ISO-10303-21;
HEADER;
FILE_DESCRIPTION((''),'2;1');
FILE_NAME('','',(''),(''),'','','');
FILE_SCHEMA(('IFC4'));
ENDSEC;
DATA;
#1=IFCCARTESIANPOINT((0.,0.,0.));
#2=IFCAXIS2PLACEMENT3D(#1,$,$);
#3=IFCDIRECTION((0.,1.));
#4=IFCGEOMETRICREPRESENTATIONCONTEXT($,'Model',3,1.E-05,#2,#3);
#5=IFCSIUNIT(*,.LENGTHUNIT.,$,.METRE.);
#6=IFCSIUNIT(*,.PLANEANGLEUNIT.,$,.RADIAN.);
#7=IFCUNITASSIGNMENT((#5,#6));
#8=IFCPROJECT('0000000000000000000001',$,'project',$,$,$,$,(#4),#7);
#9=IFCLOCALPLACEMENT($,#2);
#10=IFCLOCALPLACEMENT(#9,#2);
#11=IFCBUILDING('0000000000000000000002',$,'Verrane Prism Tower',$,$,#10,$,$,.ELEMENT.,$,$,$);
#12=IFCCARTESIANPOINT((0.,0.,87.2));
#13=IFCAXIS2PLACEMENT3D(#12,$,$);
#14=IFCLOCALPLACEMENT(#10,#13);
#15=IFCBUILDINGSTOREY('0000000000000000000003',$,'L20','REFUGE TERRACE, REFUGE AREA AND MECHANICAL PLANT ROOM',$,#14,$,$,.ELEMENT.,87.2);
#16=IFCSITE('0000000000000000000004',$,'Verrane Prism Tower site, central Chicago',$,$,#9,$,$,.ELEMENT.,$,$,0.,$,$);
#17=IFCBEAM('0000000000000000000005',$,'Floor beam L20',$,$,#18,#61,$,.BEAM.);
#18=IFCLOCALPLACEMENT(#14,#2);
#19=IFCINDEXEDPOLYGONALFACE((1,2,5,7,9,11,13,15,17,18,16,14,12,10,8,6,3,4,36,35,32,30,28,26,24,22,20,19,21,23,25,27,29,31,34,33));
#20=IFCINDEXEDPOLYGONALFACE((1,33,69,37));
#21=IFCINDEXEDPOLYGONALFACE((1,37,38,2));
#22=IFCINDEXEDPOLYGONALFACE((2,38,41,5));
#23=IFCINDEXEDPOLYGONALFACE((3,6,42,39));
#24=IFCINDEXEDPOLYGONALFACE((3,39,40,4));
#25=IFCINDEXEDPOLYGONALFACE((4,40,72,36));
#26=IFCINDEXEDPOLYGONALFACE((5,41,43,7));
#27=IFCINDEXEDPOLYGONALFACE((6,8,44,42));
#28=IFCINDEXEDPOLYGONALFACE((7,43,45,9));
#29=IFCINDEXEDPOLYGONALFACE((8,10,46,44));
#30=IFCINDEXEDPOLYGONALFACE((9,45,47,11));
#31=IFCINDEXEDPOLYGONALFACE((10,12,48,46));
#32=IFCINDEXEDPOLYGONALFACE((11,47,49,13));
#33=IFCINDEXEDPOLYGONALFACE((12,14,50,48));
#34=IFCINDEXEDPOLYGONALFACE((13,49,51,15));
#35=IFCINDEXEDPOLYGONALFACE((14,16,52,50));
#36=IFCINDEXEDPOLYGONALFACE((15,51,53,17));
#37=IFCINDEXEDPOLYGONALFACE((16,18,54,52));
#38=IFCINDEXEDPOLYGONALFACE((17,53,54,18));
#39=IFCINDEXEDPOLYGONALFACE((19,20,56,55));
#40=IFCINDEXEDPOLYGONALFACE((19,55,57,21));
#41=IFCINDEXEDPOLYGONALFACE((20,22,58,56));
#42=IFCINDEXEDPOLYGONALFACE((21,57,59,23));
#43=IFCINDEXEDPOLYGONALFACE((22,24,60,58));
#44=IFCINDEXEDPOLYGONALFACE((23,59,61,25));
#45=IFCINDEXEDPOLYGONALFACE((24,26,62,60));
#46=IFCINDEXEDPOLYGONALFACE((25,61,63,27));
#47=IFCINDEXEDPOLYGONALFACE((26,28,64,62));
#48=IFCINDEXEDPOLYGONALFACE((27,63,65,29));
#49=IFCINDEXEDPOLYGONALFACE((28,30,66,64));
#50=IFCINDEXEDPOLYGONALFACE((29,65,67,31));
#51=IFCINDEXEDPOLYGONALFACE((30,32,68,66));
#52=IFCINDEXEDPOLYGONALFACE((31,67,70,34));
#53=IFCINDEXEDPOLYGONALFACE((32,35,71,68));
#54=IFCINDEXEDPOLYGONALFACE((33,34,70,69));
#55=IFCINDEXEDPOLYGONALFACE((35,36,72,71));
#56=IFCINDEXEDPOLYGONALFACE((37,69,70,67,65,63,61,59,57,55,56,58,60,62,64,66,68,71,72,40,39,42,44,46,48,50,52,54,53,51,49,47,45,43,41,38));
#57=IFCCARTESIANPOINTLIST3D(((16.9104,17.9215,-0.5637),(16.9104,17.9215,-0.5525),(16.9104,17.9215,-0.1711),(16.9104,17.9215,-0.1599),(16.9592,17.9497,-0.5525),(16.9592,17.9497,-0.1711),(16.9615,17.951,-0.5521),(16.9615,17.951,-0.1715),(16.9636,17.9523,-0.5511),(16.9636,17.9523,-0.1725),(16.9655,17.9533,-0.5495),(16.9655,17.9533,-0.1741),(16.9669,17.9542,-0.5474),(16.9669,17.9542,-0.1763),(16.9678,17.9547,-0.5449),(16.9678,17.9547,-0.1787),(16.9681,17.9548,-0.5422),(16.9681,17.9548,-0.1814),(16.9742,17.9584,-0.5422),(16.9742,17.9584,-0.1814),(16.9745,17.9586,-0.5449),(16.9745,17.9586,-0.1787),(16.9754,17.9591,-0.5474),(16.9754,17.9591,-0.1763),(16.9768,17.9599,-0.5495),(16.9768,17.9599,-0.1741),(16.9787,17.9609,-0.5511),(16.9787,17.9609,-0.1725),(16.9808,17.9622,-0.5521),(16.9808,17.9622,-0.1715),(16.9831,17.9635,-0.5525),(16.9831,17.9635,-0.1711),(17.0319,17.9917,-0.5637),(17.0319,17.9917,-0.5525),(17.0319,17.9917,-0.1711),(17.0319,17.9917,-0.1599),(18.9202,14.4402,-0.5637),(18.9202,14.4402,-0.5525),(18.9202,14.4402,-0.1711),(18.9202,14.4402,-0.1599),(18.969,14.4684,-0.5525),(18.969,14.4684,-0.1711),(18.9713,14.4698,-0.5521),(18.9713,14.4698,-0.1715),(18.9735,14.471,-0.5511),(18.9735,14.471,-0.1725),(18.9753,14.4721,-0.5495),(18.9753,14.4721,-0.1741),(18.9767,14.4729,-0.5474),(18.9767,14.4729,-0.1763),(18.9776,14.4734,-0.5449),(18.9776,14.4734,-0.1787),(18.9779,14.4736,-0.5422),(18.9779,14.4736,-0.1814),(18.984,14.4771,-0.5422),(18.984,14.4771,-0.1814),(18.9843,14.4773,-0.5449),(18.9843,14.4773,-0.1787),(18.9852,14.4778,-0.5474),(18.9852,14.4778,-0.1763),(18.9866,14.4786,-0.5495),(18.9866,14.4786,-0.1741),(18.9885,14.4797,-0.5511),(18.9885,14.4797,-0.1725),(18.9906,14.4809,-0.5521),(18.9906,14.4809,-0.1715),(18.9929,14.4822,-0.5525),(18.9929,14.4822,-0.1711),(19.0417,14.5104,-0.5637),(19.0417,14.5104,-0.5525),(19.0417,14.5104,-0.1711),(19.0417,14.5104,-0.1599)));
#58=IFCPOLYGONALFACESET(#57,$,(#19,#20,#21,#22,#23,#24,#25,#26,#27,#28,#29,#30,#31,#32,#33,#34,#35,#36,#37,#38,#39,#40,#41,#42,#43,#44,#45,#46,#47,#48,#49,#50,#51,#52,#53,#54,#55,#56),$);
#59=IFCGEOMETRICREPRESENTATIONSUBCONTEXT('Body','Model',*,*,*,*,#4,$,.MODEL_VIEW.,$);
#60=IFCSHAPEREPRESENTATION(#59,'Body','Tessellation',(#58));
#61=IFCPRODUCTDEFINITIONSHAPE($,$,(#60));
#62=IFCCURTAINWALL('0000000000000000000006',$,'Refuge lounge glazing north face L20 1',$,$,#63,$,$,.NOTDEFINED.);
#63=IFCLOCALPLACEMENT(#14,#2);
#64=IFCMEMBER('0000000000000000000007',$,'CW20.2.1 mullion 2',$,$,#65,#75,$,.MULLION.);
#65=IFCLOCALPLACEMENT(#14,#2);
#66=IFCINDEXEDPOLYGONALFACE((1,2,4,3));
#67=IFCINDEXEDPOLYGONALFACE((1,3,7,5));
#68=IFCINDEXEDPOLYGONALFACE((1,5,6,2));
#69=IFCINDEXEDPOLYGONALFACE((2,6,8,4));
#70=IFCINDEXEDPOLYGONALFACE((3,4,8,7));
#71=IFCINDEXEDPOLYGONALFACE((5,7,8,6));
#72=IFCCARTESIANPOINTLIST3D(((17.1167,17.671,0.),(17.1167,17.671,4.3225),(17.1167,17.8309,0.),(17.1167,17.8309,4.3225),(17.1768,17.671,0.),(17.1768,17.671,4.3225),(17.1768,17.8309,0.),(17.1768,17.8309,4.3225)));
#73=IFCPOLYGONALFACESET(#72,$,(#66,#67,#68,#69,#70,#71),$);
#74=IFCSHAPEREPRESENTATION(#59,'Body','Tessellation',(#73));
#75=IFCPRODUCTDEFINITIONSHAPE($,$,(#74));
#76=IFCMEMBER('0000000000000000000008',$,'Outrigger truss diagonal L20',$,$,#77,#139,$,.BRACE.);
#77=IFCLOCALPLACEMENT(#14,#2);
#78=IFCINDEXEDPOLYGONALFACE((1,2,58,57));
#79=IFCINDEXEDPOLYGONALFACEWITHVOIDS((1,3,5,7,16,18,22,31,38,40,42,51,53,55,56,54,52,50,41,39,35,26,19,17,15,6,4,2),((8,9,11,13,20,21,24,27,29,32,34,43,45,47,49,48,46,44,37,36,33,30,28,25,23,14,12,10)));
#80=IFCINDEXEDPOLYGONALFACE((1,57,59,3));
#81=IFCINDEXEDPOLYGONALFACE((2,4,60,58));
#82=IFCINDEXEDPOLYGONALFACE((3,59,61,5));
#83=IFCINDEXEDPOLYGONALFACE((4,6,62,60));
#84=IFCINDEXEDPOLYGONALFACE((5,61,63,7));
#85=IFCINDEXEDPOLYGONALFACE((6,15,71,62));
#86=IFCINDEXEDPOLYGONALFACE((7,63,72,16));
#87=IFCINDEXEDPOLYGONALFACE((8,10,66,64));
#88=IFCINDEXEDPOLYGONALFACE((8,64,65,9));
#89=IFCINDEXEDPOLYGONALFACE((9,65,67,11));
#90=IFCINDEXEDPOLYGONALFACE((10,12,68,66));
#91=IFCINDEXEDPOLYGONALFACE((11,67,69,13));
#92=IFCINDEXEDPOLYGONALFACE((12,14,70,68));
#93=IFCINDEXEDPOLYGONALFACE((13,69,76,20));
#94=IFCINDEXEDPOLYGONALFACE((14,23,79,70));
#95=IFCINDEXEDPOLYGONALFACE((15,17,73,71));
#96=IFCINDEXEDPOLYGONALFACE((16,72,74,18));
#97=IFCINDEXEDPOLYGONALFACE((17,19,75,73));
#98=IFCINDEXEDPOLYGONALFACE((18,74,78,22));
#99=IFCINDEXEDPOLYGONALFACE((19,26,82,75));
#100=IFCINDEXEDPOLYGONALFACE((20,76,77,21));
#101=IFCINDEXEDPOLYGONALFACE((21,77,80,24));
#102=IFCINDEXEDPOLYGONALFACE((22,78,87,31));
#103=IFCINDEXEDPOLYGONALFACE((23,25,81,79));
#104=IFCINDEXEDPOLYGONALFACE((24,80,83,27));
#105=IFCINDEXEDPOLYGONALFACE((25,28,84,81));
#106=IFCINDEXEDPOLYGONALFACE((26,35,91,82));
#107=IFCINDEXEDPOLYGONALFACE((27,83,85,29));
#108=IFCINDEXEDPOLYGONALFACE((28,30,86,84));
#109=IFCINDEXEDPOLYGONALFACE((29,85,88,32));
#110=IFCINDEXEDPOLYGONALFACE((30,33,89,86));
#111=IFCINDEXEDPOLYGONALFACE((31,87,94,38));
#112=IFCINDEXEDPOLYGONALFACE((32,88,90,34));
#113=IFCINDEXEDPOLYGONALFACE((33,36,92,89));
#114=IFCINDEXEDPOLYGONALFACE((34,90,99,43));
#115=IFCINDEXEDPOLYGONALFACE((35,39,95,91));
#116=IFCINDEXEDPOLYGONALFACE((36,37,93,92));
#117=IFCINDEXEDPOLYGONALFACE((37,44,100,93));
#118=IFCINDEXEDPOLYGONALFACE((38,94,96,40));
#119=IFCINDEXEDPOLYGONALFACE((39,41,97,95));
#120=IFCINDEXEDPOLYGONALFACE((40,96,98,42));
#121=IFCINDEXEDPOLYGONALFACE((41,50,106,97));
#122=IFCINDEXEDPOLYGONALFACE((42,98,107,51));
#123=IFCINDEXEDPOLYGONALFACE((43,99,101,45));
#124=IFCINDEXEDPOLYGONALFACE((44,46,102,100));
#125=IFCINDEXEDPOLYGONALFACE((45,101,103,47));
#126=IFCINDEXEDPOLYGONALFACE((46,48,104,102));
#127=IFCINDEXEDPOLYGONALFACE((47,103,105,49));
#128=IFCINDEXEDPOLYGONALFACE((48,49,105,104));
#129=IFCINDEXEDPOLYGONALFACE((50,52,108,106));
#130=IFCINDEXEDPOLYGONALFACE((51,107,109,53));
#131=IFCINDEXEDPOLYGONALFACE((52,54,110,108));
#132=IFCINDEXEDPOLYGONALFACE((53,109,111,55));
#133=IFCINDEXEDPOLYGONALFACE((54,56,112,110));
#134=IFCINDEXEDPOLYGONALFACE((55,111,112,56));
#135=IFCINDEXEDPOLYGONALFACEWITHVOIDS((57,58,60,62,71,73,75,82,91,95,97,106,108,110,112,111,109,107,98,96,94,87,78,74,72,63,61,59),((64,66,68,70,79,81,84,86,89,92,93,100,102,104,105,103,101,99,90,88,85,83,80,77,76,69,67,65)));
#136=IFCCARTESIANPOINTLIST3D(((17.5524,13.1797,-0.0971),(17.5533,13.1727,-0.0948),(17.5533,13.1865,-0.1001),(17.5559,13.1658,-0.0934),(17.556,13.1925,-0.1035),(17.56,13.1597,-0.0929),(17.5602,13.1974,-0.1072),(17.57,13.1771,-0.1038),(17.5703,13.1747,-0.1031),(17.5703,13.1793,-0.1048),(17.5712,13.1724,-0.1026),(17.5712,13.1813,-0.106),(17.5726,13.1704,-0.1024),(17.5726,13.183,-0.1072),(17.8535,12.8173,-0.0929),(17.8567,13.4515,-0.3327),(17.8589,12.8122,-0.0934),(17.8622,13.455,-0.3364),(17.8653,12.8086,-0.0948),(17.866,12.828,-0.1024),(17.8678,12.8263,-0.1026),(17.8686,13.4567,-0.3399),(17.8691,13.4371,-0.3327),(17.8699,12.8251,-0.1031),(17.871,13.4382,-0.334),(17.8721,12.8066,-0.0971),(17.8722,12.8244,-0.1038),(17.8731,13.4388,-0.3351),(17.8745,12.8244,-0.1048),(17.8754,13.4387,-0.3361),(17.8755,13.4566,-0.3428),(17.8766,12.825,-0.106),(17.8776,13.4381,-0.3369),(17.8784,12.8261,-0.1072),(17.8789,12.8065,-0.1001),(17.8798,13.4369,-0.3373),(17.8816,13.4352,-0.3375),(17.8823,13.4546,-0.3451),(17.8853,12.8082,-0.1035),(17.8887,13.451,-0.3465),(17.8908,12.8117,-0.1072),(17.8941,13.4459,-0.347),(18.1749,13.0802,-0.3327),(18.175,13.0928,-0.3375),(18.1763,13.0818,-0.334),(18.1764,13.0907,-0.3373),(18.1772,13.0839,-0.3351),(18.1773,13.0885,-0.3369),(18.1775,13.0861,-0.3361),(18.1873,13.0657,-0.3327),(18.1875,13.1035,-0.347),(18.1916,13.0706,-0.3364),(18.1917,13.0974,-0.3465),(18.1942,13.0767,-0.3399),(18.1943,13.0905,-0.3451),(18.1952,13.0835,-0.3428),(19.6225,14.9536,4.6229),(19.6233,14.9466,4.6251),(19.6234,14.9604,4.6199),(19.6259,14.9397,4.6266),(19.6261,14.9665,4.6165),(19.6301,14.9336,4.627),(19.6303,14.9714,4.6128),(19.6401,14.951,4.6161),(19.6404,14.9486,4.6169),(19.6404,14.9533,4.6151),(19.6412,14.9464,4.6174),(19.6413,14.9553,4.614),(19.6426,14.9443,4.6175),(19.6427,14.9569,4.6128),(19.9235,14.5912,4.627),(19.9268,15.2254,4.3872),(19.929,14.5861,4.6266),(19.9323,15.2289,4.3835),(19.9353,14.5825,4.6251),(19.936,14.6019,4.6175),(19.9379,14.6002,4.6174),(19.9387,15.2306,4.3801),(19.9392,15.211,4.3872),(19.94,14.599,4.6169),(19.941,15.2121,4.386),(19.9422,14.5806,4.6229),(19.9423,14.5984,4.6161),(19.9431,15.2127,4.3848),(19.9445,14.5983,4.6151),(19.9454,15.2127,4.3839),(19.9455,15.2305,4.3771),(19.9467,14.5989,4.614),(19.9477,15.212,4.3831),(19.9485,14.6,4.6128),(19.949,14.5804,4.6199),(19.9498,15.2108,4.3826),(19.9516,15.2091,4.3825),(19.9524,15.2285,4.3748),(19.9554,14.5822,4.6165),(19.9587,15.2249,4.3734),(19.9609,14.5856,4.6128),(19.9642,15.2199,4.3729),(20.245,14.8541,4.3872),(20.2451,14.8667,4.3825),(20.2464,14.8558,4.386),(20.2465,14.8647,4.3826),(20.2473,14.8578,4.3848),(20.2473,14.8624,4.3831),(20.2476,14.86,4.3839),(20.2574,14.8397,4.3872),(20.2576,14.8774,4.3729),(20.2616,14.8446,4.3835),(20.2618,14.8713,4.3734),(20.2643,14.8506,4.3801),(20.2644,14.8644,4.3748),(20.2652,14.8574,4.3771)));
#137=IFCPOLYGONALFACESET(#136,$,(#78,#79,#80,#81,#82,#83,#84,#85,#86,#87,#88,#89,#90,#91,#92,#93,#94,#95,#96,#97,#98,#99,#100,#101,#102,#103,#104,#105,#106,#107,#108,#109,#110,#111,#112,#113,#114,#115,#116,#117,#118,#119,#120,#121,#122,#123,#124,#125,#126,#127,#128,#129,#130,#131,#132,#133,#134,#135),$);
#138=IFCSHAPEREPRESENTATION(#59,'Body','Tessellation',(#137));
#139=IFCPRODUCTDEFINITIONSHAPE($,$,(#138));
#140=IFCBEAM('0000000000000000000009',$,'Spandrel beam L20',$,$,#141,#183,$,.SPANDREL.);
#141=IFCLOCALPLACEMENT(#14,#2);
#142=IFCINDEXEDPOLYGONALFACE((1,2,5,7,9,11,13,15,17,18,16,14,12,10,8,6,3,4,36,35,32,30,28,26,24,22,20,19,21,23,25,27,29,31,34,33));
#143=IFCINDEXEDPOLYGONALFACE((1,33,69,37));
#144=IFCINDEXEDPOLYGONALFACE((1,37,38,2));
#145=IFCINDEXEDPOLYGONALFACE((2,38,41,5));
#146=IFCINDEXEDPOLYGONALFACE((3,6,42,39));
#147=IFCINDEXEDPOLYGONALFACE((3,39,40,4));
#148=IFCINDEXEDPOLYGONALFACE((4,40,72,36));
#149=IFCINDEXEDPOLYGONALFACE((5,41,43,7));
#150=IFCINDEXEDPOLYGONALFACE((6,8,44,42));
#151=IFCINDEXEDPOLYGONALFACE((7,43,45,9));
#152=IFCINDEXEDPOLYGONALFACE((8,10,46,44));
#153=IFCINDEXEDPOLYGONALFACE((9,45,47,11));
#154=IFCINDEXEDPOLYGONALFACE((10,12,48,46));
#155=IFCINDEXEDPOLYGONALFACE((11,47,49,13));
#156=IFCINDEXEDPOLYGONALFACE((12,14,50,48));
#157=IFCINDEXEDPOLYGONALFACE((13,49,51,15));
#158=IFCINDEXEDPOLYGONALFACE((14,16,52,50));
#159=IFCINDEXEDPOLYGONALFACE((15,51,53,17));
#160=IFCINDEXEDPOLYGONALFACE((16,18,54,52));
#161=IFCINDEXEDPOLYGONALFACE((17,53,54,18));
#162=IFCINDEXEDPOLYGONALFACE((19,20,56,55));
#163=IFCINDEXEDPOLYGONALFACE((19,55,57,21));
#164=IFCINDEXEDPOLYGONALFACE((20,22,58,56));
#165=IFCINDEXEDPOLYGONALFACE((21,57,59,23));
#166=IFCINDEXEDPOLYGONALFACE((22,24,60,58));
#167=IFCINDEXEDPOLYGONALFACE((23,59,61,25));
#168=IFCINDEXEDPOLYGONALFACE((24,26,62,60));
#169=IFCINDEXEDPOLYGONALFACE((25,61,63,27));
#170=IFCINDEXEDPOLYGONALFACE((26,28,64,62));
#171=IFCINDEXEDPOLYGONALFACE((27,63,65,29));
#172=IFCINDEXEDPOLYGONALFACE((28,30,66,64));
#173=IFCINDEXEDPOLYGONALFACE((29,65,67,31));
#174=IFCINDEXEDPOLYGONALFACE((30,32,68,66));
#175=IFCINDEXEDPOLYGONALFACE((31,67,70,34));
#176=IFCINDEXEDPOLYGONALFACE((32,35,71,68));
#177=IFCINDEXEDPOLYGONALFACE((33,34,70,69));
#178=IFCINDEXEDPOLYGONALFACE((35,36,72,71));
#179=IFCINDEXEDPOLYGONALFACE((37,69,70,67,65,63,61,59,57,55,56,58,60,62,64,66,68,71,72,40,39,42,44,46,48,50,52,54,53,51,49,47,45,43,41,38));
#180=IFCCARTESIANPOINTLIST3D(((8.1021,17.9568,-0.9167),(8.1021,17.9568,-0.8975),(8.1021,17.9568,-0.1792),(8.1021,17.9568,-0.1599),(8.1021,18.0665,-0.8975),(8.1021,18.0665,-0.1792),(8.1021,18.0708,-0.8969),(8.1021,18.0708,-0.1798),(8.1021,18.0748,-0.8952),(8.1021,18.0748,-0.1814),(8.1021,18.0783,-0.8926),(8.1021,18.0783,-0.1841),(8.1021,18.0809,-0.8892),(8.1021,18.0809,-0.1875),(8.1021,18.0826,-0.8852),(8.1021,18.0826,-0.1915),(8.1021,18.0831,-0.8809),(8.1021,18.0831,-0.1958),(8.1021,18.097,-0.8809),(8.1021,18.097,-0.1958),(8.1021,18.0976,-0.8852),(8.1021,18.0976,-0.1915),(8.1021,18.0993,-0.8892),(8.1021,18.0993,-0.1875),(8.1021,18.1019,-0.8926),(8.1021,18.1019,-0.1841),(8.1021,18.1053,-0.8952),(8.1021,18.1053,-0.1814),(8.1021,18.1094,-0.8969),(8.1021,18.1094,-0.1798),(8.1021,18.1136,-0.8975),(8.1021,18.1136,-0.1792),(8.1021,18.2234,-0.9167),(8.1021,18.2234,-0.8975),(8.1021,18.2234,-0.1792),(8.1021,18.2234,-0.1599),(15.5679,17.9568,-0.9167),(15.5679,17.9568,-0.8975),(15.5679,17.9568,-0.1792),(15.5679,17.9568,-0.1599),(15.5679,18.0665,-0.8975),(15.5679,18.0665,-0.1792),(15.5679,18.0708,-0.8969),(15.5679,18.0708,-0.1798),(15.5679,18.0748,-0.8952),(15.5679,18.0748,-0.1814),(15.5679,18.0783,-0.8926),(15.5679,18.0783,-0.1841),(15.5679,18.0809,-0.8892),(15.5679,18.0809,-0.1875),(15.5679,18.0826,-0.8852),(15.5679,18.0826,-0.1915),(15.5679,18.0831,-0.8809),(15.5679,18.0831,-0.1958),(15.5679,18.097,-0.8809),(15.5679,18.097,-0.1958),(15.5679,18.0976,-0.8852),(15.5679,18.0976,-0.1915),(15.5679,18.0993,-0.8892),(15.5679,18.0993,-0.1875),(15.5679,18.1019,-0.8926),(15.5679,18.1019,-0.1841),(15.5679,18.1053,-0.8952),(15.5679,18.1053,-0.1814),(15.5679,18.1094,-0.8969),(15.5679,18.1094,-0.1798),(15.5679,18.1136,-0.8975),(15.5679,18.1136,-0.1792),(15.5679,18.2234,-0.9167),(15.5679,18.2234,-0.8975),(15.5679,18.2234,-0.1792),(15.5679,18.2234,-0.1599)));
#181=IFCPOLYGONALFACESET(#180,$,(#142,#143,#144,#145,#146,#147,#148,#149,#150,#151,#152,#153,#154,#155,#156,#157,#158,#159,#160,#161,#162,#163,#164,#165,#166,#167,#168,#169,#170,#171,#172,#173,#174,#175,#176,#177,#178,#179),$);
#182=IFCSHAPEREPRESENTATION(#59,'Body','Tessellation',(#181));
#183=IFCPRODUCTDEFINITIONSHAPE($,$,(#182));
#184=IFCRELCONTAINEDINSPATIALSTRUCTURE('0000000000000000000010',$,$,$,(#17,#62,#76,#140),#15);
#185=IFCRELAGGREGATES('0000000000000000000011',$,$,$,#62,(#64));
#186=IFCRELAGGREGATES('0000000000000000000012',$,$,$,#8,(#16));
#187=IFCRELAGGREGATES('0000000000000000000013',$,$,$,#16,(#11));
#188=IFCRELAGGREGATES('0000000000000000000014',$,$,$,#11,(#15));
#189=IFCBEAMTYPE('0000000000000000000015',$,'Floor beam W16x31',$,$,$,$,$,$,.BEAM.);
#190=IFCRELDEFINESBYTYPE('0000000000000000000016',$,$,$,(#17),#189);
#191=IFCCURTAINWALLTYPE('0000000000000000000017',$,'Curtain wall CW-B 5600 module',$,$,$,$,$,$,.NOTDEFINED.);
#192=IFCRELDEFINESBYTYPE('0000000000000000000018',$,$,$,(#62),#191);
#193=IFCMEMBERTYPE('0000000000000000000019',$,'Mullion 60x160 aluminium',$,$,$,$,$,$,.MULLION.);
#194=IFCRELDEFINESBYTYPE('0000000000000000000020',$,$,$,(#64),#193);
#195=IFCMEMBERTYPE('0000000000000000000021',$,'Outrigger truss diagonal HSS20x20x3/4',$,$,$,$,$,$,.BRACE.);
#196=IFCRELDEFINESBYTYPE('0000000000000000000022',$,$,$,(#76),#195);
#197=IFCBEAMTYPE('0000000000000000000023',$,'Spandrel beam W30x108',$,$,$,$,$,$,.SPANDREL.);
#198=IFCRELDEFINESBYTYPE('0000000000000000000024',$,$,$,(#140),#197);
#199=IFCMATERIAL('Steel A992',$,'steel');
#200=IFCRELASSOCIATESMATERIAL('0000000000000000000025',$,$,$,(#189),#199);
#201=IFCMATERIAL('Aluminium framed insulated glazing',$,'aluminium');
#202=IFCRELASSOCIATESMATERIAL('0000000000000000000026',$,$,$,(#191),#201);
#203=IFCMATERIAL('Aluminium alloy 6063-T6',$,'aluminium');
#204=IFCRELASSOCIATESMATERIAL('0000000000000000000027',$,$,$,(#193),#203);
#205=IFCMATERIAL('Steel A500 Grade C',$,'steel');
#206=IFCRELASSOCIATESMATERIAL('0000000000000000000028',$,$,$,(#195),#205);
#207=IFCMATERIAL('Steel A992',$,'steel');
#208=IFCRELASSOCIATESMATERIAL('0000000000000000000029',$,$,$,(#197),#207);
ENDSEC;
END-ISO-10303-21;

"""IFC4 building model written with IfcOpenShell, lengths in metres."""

from ifc_helpers import new_model, si_unit, direction, frame, origin, origin_2d, place, context, subcontext, project, spatial, rectangle, hollow_rectangle, i_section, extrude, material, material_profile, profile_set, type_object, element, aggregate, save


model = new_model("IFC4")

# Units and contexts
model_context = context("Model", 3, precision=1e-05, world=origin(), true_north=direction((0.0, 1.0)))
body_context = subcontext(model_context, "Body", "Model", "MODEL_VIEW")
ifc_project = project(units=[si_unit("LENGTHUNIT", "METRE"), si_unit("PLANEANGLEUNIT", "RADIAN")], contexts=[model_context])

# Site, building, storey
site_placement = place(None, origin())
site = spatial("IfcSite", under=ifc_project, at=site_placement, Name="Verrane Prism Tower site, central Chicago", CompositionType="ELEMENT", RefElevation=0.0)
building_placement = place(site_placement, origin())
building = spatial("IfcBuilding", under=site, at=building_placement, Name="Verrane Prism Tower", CompositionType="ELEMENT")
storey_placement = place(building_placement, frame((0.0, 0.0, 87.2)))
storey = spatial("IfcBuildingStorey", under=building, at=storey_placement, Name="L20", Description="REFUGE TERRACE, REFUGE AREA AND MECHANICAL PLANT ROOM", CompositionType="ELEMENT", Elevation=87.2)

# Beam
ifc_material_1 = material(Name="Steel A992", Category="steel")
ifc_material_profile_1 = material_profile(ifc_material_1, i_section(OverallWidth=0.1404, OverallDepth=0.4038, WebThickness=0.0071, FlangeThickness=0.0112, FilletRadius=0.0103, at=origin_2d()), Name="W16x31")
ifc_profile_set_1 = profile_set([ifc_material_profile_1], Name="Steel A992")
beam_type_1 = type_object("IfcBeamType", Name="Floor beam W16x31", PredefinedType="BEAM", material=ifc_profile_set_1)
beam_1_placement = place(storey_placement, frame((18.981, 14.4753, -0.3618), z_axis=(-0.49998, 0.866037, 0.0), x_axis=(-0.866037, -0.49998, 0.0)))
element("IfcBeam", 1, at=beam_1_placement, inside=storey, type_object=beam_type_1, Name="Floor beam L20", PredefinedType="BEAM", context=body_context, shape_type="SweptSolid", body=[
    extrude(i_section(OverallWidth=0.1404, OverallDepth=0.4038, WebThickness=0.0071, FlangeThickness=0.0112, FilletRadius=0.0103, at=origin_2d()), origin(), (0.0, 0.0, 1.0), 4.0198),
])

# Curtain wall, member
ifc_material_2 = material(Name="Aluminium framed insulated glazing", Category="aluminium")
curtain_wall_type = type_object("IfcCurtainWallType", Name="Curtain wall CW-B 5600 module", PredefinedType="NOTDEFINED", material=ifc_material_2)
curtain_wall_placement = place(storey_placement, origin())
curtain_wall = element("IfcCurtainWall", 2, at=curtain_wall_placement, inside=storey, type_object=curtain_wall_type, Name="Refuge lounge glazing north face L20 1", PredefinedType="NOTDEFINED")
ifc_material_3 = material(Name="Aluminium alloy 6063-T6", Category="aluminium")
ifc_material_profile_2 = material_profile(ifc_material_3, rectangle(XDim=0.1599, YDim=0.0601, at=origin_2d()), Name="Mullion 60x160 aluminium")
ifc_profile_set_2 = profile_set([ifc_material_profile_2], Name="Aluminium alloy 6063-T6")
member_type_1 = type_object("IfcMemberType", Name="Mullion 60x160 aluminium", PredefinedType="MULLION", material=ifc_profile_set_2)
member_1_placement = place(storey_placement, frame((17.1467, 17.751, 0.0), z_axis=(0.0, 0.0, 1.0), x_axis=(0.0, -1.0, 0.0)))
member_1 = element("IfcMember", 3, at=member_1_placement, type_object=member_type_1, Name="CW20.2.1 mullion 2", PredefinedType="MULLION", context=body_context, shape_type="SweptSolid", body=[
    extrude(rectangle(XDim=0.1599, YDim=0.0601, at=origin_2d()), origin(), (0.0, 0.0, 1.0), 4.3225),
])

# Member
ifc_material_4 = material(Name="Steel A500 Grade C", Category="steel")
ifc_material_profile_3 = material_profile(ifc_material_4, hollow_rectangle(XDim=0.5081, YDim=0.5081, WallThickness=0.019, InnerFilletRadius=0.0095, OuterFilletRadius=0.0286, at=origin_2d()), Name="HSS20x20x3/4")
ifc_profile_set_3 = profile_set([ifc_material_profile_3], Name="Steel A500 Grade C")
member_type_2 = type_object("IfcMemberType", Name="Outrigger truss diagonal HSS20x20x3/4", PredefinedType="BRACE", material=ifc_profile_set_3)
member_2_placement = place(storey_placement, frame((17.8738, 13.1316, -0.22), z_axis=(0.37978, 0.325449, 0.865939), x_axis=(-0.650703, 0.759332, 0.0)))
element("IfcMember", 4, at=member_2_placement, inside=storey, type_object=member_type_2, Name="Outrigger truss diagonal L20", PredefinedType="BRACE", context=body_context, shape_type="SweptSolid", body=[
    extrude(hollow_rectangle(XDim=0.5081, YDim=0.5081, WallThickness=0.019, InnerFilletRadius=0.0095, OuterFilletRadius=0.0286, at=origin_2d()), origin(), (0.0, 0.0, 1.0), 5.4507),
])

# Beam
ifc_material_5 = material(Name="Steel A992", Category="steel")
ifc_material_profile_4 = material_profile(ifc_material_5, i_section(OverallWidth=0.2666, OverallDepth=0.7568, WebThickness=0.0139, FlangeThickness=0.0193, FilletRadius=0.0166, at=origin_2d()), Name="W30x108")
ifc_profile_set_4 = profile_set([ifc_material_profile_4], Name="Steel A992")
beam_type_2 = type_object("IfcBeamType", Name="Spandrel beam W30x108", PredefinedType="SPANDREL", material=ifc_profile_set_4)
beam_2_placement = place(storey_placement, frame((15.5679, 18.0901, -0.5383), z_axis=(-1.0, 0.0, 0.0), x_axis=(0.0, -1.0, 0.0)))
element("IfcBeam", 5, at=beam_2_placement, inside=storey, type_object=beam_type_2, Name="Spandrel beam L20", PredefinedType="SPANDREL", context=body_context, shape_type="SweptSolid", body=[
    extrude(i_section(OverallWidth=0.2666, OverallDepth=0.7568, WebThickness=0.0139, FlangeThickness=0.0193, FilletRadius=0.0166, at=origin_2d()), origin(), (0.0, 0.0, 1.0), 7.4658),
])

aggregate(curtain_wall, [member_1])

save(model, "model.ifc")
